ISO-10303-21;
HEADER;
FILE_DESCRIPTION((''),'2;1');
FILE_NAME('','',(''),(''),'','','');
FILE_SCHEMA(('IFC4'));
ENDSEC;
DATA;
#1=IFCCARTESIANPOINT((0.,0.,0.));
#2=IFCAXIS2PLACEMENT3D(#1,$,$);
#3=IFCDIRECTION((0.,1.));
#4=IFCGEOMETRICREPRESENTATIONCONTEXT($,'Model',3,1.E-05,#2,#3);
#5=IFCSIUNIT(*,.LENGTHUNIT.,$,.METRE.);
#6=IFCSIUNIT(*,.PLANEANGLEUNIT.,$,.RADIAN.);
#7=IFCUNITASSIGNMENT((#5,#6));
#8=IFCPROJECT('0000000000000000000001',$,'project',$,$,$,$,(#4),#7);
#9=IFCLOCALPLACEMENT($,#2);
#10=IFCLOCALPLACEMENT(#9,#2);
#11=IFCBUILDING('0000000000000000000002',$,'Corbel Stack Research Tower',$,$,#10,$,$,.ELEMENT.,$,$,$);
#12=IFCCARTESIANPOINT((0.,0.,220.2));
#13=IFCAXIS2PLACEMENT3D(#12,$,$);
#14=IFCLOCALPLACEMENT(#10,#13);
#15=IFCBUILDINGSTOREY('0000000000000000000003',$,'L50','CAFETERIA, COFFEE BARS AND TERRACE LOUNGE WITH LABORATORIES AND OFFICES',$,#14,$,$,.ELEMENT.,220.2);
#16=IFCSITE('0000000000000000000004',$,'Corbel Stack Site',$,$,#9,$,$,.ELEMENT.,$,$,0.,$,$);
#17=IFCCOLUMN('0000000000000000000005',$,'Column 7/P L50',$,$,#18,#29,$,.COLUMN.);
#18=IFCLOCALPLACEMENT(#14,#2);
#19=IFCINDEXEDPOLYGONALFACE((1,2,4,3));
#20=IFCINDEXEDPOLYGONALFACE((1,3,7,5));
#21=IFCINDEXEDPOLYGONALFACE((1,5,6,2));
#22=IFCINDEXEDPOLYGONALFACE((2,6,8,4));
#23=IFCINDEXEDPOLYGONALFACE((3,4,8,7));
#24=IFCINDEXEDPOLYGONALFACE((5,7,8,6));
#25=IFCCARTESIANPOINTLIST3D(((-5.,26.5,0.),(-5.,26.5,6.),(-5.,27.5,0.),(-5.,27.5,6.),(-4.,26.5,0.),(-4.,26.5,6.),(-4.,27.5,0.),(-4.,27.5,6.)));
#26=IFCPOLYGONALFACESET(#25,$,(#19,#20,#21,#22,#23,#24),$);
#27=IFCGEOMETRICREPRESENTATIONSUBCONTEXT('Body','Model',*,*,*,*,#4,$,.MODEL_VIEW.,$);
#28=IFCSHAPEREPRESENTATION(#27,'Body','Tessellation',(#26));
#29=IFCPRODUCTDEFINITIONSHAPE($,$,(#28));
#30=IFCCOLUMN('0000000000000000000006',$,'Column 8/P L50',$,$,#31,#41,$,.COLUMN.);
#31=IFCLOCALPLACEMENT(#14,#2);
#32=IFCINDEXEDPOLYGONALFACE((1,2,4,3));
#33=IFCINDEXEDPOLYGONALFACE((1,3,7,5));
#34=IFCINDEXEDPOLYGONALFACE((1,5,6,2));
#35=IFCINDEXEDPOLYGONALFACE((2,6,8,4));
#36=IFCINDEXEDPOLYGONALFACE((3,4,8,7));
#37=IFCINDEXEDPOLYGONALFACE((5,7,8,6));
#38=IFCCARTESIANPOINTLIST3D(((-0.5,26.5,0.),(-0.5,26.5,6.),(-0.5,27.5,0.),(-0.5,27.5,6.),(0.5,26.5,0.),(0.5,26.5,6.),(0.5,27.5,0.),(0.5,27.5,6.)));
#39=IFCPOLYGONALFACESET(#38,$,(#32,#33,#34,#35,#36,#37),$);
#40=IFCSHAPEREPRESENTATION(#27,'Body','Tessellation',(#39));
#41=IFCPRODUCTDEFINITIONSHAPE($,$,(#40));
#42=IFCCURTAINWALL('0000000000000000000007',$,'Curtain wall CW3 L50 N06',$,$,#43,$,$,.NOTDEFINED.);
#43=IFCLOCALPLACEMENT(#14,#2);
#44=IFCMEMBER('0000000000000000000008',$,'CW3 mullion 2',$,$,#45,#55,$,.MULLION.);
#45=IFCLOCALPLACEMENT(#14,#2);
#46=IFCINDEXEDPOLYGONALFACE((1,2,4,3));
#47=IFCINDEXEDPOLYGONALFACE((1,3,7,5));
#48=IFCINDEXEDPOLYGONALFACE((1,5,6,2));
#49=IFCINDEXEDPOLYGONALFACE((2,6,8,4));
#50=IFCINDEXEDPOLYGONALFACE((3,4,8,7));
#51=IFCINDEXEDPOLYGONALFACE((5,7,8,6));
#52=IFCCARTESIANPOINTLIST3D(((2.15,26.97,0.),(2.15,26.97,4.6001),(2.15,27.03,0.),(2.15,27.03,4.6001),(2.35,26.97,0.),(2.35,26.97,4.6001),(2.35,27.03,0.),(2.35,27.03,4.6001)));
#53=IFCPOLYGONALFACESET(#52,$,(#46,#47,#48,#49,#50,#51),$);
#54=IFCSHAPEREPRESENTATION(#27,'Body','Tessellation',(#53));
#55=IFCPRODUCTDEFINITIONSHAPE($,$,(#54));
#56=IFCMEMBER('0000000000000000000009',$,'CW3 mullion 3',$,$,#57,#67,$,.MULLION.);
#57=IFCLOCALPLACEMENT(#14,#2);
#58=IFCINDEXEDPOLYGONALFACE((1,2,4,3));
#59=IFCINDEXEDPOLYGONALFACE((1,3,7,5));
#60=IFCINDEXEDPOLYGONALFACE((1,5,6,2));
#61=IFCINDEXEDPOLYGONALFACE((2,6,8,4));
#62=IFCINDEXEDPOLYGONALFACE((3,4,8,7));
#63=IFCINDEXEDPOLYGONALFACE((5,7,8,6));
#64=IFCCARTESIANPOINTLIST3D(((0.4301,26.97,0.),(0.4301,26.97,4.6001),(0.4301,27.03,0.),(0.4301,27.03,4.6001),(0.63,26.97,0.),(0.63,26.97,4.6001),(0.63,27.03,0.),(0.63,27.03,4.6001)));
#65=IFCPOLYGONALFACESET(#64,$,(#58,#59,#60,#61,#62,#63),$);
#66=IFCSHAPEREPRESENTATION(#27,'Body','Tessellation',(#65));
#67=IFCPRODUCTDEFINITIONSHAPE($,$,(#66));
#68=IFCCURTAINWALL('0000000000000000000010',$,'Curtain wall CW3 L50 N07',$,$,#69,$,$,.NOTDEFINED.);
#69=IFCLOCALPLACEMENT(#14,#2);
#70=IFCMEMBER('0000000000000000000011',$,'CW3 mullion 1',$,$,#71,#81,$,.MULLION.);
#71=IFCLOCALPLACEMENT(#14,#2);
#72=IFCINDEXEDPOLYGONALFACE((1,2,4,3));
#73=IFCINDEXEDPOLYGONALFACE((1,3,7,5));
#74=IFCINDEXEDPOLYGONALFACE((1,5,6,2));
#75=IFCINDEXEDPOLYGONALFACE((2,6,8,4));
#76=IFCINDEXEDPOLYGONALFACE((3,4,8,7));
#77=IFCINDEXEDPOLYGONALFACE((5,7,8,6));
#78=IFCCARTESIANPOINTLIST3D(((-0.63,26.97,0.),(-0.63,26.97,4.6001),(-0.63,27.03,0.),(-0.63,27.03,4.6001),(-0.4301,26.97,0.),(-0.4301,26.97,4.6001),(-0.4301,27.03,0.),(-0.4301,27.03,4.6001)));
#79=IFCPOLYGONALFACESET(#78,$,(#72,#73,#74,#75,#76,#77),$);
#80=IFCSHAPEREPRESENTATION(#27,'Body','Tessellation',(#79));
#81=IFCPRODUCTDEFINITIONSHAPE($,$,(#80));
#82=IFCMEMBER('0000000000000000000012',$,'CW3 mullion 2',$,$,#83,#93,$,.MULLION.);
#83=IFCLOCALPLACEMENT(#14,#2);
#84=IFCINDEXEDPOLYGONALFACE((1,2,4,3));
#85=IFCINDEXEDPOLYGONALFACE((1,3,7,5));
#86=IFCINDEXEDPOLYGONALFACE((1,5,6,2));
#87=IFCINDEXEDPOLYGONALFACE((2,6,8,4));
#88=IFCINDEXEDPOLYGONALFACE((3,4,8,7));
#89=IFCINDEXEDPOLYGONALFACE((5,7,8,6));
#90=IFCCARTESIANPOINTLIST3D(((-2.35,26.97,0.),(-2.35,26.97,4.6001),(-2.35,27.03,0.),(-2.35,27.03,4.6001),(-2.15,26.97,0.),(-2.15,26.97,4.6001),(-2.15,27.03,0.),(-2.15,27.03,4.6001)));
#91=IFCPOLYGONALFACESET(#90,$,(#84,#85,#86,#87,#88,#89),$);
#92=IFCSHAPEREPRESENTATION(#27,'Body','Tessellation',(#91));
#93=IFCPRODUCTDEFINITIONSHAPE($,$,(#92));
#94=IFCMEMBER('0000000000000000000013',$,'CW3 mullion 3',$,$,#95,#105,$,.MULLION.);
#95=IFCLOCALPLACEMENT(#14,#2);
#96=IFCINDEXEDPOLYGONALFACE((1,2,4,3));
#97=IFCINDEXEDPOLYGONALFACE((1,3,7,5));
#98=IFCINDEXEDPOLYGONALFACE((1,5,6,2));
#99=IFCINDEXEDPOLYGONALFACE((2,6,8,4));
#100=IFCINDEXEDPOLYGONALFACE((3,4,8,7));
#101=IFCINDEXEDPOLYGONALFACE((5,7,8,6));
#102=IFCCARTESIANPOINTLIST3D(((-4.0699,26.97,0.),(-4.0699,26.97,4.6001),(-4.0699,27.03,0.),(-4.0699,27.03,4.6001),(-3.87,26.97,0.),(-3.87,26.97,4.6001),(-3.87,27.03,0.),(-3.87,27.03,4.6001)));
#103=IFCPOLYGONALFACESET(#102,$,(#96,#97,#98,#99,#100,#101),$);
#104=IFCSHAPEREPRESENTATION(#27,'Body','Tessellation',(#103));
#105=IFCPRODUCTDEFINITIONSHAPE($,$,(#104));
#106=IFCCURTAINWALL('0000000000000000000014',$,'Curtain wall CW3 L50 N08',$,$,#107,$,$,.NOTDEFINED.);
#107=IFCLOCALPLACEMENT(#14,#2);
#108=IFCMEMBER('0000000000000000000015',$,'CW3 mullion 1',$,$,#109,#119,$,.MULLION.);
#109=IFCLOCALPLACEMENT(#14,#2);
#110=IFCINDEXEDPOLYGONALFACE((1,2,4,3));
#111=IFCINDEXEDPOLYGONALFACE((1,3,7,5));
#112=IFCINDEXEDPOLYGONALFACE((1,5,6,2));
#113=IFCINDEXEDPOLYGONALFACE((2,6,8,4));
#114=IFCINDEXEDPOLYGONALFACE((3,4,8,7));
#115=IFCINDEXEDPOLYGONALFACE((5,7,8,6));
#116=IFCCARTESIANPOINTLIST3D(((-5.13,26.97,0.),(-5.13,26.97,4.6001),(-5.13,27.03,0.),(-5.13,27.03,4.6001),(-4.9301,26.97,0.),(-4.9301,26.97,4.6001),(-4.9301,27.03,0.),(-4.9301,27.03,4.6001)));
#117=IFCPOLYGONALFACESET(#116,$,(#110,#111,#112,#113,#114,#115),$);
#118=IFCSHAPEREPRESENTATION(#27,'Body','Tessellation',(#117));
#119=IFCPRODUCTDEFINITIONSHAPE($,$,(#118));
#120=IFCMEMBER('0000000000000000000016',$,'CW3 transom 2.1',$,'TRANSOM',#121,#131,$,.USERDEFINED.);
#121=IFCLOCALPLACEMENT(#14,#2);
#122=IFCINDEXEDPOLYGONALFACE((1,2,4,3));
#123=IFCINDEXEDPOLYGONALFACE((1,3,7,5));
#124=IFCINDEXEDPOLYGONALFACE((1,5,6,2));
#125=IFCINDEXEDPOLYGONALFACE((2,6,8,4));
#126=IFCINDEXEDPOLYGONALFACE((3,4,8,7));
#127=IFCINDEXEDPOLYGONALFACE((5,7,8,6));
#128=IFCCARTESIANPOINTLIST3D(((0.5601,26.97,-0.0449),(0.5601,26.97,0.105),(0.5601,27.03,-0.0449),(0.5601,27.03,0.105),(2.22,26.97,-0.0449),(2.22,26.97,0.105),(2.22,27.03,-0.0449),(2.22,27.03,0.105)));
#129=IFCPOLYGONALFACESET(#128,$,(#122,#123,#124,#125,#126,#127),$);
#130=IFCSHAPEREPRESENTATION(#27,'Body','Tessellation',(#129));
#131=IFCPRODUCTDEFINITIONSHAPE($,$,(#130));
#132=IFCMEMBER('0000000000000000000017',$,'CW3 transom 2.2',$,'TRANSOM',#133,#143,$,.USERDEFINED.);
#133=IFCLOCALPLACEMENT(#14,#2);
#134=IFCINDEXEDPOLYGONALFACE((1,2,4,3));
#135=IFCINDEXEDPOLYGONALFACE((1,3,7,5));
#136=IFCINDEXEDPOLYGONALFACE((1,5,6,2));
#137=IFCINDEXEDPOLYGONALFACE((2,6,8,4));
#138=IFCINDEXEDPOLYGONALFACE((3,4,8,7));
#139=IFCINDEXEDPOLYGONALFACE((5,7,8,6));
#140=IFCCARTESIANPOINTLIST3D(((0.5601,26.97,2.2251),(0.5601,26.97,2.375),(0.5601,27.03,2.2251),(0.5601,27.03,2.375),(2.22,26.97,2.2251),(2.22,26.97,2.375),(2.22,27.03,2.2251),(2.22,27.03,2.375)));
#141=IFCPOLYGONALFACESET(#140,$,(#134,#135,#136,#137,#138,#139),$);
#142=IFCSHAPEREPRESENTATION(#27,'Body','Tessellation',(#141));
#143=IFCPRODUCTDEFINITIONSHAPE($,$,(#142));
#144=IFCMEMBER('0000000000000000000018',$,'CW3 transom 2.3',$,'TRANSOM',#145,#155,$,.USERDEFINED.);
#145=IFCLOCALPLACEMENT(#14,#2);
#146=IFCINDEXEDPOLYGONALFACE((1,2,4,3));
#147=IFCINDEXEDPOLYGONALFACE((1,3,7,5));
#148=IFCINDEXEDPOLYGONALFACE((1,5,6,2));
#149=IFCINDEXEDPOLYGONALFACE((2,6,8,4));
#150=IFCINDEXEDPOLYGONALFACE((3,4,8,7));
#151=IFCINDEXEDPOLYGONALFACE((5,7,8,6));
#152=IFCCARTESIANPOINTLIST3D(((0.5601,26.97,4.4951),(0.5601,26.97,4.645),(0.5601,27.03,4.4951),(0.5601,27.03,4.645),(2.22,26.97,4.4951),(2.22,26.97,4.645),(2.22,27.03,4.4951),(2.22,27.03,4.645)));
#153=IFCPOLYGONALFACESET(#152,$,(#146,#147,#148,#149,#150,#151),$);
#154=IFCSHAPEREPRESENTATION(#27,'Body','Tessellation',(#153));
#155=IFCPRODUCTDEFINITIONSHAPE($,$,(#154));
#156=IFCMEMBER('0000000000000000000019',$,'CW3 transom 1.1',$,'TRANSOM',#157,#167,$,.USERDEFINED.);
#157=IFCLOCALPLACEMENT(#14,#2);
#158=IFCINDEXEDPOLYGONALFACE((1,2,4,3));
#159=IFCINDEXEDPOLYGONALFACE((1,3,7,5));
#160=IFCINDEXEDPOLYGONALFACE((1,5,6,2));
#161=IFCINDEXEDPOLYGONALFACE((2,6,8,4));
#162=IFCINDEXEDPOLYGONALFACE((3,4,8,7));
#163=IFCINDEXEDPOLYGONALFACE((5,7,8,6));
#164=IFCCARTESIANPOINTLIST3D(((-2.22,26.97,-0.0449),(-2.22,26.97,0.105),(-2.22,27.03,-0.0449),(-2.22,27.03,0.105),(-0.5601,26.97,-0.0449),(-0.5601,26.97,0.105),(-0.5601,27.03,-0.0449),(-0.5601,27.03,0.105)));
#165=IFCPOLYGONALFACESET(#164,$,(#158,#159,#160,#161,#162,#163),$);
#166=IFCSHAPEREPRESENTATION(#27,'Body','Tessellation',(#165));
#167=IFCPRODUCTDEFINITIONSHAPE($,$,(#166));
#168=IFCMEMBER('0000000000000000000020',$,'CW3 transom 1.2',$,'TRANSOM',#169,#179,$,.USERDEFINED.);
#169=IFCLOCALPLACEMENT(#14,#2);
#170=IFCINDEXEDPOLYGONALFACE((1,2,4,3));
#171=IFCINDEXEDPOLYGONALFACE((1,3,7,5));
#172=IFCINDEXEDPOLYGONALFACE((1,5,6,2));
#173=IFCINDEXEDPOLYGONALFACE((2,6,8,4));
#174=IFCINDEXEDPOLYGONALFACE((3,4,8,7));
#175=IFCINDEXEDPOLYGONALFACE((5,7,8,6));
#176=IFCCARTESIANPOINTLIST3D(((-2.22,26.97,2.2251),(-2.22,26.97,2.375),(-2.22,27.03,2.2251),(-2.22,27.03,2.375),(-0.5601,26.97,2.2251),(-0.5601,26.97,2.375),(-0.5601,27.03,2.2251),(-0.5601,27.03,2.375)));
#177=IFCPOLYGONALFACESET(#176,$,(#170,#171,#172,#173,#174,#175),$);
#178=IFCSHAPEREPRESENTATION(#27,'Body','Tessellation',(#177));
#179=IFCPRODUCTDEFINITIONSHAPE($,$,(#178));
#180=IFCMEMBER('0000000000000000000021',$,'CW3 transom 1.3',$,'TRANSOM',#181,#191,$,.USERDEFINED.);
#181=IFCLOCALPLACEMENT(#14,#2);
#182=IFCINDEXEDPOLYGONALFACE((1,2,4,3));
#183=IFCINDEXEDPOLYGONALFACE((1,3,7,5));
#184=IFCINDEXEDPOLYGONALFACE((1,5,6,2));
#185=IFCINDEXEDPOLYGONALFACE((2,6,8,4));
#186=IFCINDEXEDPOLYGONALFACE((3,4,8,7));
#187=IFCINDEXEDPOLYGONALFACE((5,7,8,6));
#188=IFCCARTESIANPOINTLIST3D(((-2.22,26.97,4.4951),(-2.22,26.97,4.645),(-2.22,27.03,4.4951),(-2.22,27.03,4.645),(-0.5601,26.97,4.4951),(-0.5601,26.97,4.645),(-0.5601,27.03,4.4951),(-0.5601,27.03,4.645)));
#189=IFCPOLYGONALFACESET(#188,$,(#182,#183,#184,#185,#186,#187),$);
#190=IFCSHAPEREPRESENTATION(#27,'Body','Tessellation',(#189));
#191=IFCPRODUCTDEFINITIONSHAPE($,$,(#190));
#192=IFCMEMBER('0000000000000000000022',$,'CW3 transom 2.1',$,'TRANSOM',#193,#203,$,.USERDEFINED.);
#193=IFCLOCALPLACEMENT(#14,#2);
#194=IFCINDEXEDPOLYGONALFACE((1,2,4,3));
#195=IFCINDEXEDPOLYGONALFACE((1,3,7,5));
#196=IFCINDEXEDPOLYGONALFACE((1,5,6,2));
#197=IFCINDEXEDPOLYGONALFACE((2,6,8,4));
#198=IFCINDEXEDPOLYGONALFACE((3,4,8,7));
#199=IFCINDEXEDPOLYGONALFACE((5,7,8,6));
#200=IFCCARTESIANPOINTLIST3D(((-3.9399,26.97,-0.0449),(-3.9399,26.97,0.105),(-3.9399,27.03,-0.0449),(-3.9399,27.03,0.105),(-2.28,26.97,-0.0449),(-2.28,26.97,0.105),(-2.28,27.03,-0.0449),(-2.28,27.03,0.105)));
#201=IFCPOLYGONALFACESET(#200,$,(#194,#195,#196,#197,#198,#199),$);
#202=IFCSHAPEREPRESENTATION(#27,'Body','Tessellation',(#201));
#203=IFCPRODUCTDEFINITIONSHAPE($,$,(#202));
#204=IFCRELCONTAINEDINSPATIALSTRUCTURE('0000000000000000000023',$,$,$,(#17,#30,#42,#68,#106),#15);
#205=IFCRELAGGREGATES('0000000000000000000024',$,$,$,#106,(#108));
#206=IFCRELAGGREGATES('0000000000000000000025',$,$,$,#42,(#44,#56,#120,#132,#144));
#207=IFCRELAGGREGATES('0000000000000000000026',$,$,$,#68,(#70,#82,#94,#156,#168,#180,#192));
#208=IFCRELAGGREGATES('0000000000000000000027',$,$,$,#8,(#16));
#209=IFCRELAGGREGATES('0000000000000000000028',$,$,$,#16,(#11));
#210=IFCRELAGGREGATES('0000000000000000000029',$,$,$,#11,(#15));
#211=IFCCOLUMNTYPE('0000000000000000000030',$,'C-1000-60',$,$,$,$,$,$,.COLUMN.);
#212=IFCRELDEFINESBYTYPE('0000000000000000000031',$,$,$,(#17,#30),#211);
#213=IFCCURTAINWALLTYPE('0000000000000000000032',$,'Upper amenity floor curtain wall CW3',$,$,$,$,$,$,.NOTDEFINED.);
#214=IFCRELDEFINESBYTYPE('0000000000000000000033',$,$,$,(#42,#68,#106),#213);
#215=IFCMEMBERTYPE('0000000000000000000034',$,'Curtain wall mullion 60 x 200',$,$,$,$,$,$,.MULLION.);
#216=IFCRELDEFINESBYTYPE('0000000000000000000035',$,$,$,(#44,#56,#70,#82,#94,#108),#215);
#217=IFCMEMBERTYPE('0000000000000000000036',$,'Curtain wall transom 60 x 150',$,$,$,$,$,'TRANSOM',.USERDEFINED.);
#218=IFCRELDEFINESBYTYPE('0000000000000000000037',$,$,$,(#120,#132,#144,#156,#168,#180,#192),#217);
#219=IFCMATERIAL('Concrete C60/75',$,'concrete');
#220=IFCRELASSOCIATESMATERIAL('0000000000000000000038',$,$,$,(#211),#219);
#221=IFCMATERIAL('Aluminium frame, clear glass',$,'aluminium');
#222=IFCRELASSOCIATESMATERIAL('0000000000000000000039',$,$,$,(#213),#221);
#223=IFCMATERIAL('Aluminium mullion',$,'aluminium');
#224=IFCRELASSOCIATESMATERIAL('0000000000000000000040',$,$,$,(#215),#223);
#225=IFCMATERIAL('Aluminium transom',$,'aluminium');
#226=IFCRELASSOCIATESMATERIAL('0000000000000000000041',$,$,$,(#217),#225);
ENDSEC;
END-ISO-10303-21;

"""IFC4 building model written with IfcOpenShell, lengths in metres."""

from ifc_helpers import new_model, si_unit, direction, frame, origin, origin_2d, place, context, subcontext, project, spatial, rectangle, extrude, material, material_profile, profile_set, type_object, element, aggregate, save


model = new_model("IFC4")

# Units and contexts
model_context = context("Model", 3, precision=1e-05, world=origin(), true_north=direction((0.0, 1.0)))
body_context = subcontext(model_context, "Body", "Model", "MODEL_VIEW")
ifc_project = project(units=[si_unit("LENGTHUNIT", "METRE"), si_unit("PLANEANGLEUNIT", "RADIAN")], contexts=[model_context])

# Site, building, storey
site_placement = place(None, origin())
site = spatial("IfcSite", under=ifc_project, at=site_placement, Name="Corbel Stack Site", CompositionType="ELEMENT", RefElevation=0.0)
building_placement = place(site_placement, origin())
building = spatial("IfcBuilding", under=site, at=building_placement, Name="Corbel Stack Research Tower", CompositionType="ELEMENT")
storey_placement = place(building_placement, frame((0.0, 0.0, 220.2)))
storey = spatial("IfcBuildingStorey", under=building, at=storey_placement, Name="L50", Description="CAFETERIA, COFFEE BARS AND TERRACE LOUNGE WITH LABORATORIES AND OFFICES", CompositionType="ELEMENT", Elevation=220.2)

# Columns
ifc_material_1 = material(Name="Concrete C60/75", Category="concrete")
ifc_material_profile_1 = material_profile(ifc_material_1, rectangle(XDim=1.0, YDim=1.0, at=origin_2d()), Name="RC 1000 x 1000")
ifc_profile_set_1 = profile_set([ifc_material_profile_1], Name="Concrete C60/75")
column_type = type_object("IfcColumnType", Name="C-1000-60", PredefinedType="COLUMN", material=ifc_profile_set_1)
for number, where, z_axis, x_axis, name in (
    (1, (-4.5, 27.0, 0.0), (0.0, 0.0, 1.0), (1.0, 0.0, 0.0), "Column 7/P L50"),
    (2, (0.0, 27.0, 0.0), (0.0, 0.0, 1.0), (1.0, 0.0, 0.0), "Column 8/P L50"),
):
    element("IfcColumn", number, at=place(storey_placement, frame(where, z_axis=z_axis, x_axis=x_axis)), inside=storey, type_object=column_type, Name=name, PredefinedType="COLUMN", context=body_context, shape_type="SweptSolid", body=[
        extrude(rectangle(XDim=1.0, YDim=1.0, at=origin_2d()), origin(), (0.0, 0.0, 1.0), 6.0),
    ])

# Curtain walls, members
ifc_material_2 = material(Name="Aluminium frame, clear glass", Category="aluminium")
curtain_wall_type = type_object("IfcCurtainWallType", Name="Upper amenity floor curtain wall CW3", PredefinedType="NOTDEFINED", material=ifc_material_2)
curtain_wall_1_placement = place(storey_placement, origin())
curtain_wall_1 = element("IfcCurtainWall", 3, at=curtain_wall_1_placement, inside=storey, type_object=curtain_wall_type, Name="Curtain wall CW3 L50 N06", PredefinedType="NOTDEFINED")
ifc_material_3 = material(Name="Aluminium mullion", Category="aluminium")
ifc_material_profile_2 = material_profile(ifc_material_3, rectangle(XDim=0.0601, YDim=0.2, at=origin_2d()), Name="Mullion 60 x 200")
ifc_profile_set_2 = profile_set([ifc_material_profile_2], Name="Aluminium mullion")
member_type_1 = type_object("IfcMemberType", Name="Curtain wall mullion 60 x 200", PredefinedType="MULLION", material=ifc_profile_set_2)
member_1_placement = place(storey_placement, frame((2.25, 27.0, 0.0), z_axis=(0.0, 0.0, 1.0), x_axis=(0.0, -1.0, 0.0)))
member_1 = element("IfcMember", 4, at=member_1_placement, type_object=member_type_1, Name="CW3 mullion 2", PredefinedType="MULLION", context=body_context, shape_type="SweptSolid", body=[
    extrude(rectangle(XDim=0.0601, YDim=0.2, at=origin_2d()), origin(), (0.0, 0.0, 1.0), 4.6001),
])
member_2_placement = place(storey_placement, frame((0.53, 27.0, 0.0), z_axis=(0.0, 0.0, 1.0), x_axis=(0.0, -1.0, 0.0)))
member_2 = element("IfcMember", 5, at=member_2_placement, type_object=member_type_1, Name="CW3 mullion 3", PredefinedType="MULLION", context=body_context, shape_type="SweptSolid", body=[
    extrude(rectangle(XDim=0.0601, YDim=0.2, at=origin_2d()), origin(), (0.0, 0.0, 1.0), 4.6001),
])
curtain_wall_2_placement = place(storey_placement, origin())
curtain_wall_2 = element("IfcCurtainWall", 6, at=curtain_wall_2_placement, inside=storey, type_object=curtain_wall_type, Name="Curtain wall CW3 L50 N07", PredefinedType="NOTDEFINED")
member_3_placement = place(storey_placement, frame((-0.53, 27.0, 0.0), z_axis=(0.0, 0.0, 1.0), x_axis=(0.0, -1.0, 0.0)))
member_3 = element("IfcMember", 7, at=member_3_placement, type_object=member_type_1, Name="CW3 mullion 1", PredefinedType="MULLION", context=body_context, shape_type="SweptSolid", body=[
    extrude(rectangle(XDim=0.0601, YDim=0.2, at=origin_2d()), origin(), (0.0, 0.0, 1.0), 4.6001),
])
member_4_placement = place(storey_placement, frame((-2.25, 27.0, 0.0), z_axis=(0.0, 0.0, 1.0), x_axis=(0.0, -1.0, 0.0)))
member_4 = element("IfcMember", 8, at=member_4_placement, type_object=member_type_1, Name="CW3 mullion 2", PredefinedType="MULLION", context=body_context, shape_type="SweptSolid", body=[
    extrude(rectangle(XDim=0.0601, YDim=0.2, at=origin_2d()), origin(), (0.0, 0.0, 1.0), 4.6001),
])
member_5_placement = place(storey_placement, frame((-3.97, 27.0, 0.0), z_axis=(0.0, 0.0, 1.0), x_axis=(0.0, -1.0, 0.0)))
member_5 = element("IfcMember", 9, at=member_5_placement, type_object=member_type_1, Name="CW3 mullion 3", PredefinedType="MULLION", context=body_context, shape_type="SweptSolid", body=[
    extrude(rectangle(XDim=0.0601, YDim=0.2, at=origin_2d()), origin(), (0.0, 0.0, 1.0), 4.6001),
])

# Curtain wall, member
curtain_wall_3_placement = place(storey_placement, origin())
curtain_wall_3 = element("IfcCurtainWall", 10, at=curtain_wall_3_placement, inside=storey, type_object=curtain_wall_type, Name="Curtain wall CW3 L50 N08", PredefinedType="NOTDEFINED")
member_6_placement = place(storey_placement, frame((-5.03, 27.0, 0.0), z_axis=(0.0, 0.0, 1.0), x_axis=(0.0, -1.0, 0.0)))
member_6 = element("IfcMember", 11, at=member_6_placement, type_object=member_type_1, Name="CW3 mullion 1", PredefinedType="MULLION", context=body_context, shape_type="SweptSolid", body=[
    extrude(rectangle(XDim=0.0601, YDim=0.2, at=origin_2d()), origin(), (0.0, 0.0, 1.0), 4.6001),
])
aggregate(curtain_wall_3, [member_6])

# Members
ifc_material_4 = material(Name="Aluminium transom", Category="aluminium")
ifc_material_profile_3 = material_profile(ifc_material_4, rectangle(XDim=0.0601, YDim=0.1499, at=origin_2d()), Name="Transom 60 x 150")
ifc_profile_set_3 = profile_set([ifc_material_profile_3], Name="Aluminium transom")
member_type_2 = type_object("IfcMemberType", Name="Curtain wall transom 60 x 150", ElementType="TRANSOM", PredefinedType="USERDEFINED", material=ifc_profile_set_3)
member_7_placement = place(storey_placement, frame((2.22, 27.0, 0.03), z_axis=(-1.0, 0.0, 0.0), x_axis=(0.0, -1.0, 0.0)))
member_7 = element("IfcMember", 12, at=member_7_placement, type_object=member_type_2, Name="CW3 transom 2.1", ObjectType="TRANSOM", PredefinedType="USERDEFINED", context=body_context, shape_type="SweptSolid", body=[
    extrude(rectangle(XDim=0.0601, YDim=0.1499, at=origin_2d()), origin(), (0.0, 0.0, 1.0), 1.6599),
])
member_8_placement = place(storey_placement, frame((2.22, 27.0, 2.3), z_axis=(-1.0, 0.0, 0.0), x_axis=(0.0, -1.0, 0.0)))
member_8 = element("IfcMember", 13, at=member_8_placement, type_object=member_type_2, Name="CW3 transom 2.2", ObjectType="TRANSOM", PredefinedType="USERDEFINED", context=body_context, shape_type="SweptSolid", body=[
    extrude(rectangle(XDim=0.0601, YDim=0.1499, at=origin_2d()), origin(), (0.0, 0.0, 1.0), 1.6599),
])
member_9_placement = place(storey_placement, frame((2.22, 27.0, 4.5701), z_axis=(-1.0, 0.0, 0.0), x_axis=(0.0, -1.0, 0.0)))
member_9 = element("IfcMember", 14, at=member_9_placement, type_object=member_type_2, Name="CW3 transom 2.3", ObjectType="TRANSOM", PredefinedType="USERDEFINED", context=body_context, shape_type="SweptSolid", body=[
    extrude(rectangle(XDim=0.0601, YDim=0.1499, at=origin_2d()), origin(), (0.0, 0.0, 1.0), 1.6599),
])
member_10_placement = place(storey_placement, frame((-0.5601, 27.0, 0.03), z_axis=(-1.0, 0.0, 0.0), x_axis=(0.0, -1.0, 0.0)))
member_10 = element("IfcMember", 15, at=member_10_placement, type_object=member_type_2, Name="CW3 transom 1.1", ObjectType="TRANSOM", PredefinedType="USERDEFINED", context=body_context, shape_type="SweptSolid", body=[
    extrude(rectangle(XDim=0.0601, YDim=0.1499, at=origin_2d()), origin(), (0.0, 0.0, 1.0), 1.6599),
])
member_11_placement = place(storey_placement, frame((-0.5601, 27.0, 2.3), z_axis=(-1.0, 0.0, 0.0), x_axis=(0.0, -1.0, 0.0)))
member_11 = element("IfcMember", 16, at=member_11_placement, type_object=member_type_2, Name="CW3 transom 1.2", ObjectType="TRANSOM", PredefinedType="USERDEFINED", context=body_context, shape_type="SweptSolid", body=[
    extrude(rectangle(XDim=0.0601, YDim=0.1499, at=origin_2d()), origin(), (0.0, 0.0, 1.0), 1.6599),
])
member_12_placement = place(storey_placement, frame((-0.5601, 27.0, 4.5701), z_axis=(-1.0, 0.0, 0.0), x_axis=(0.0, -1.0, 0.0)))
member_12 = element("IfcMember", 17, at=member_12_placement, type_object=member_type_2, Name="CW3 transom 1.3", ObjectType="TRANSOM", PredefinedType="USERDEFINED", context=body_context, shape_type="SweptSolid", body=[
    extrude(rectangle(XDim=0.0601, YDim=0.1499, at=origin_2d()), origin(), (0.0, 0.0, 1.0), 1.6599),
])
member_13_placement = place(storey_placement, frame((-2.28, 27.0, 0.03), z_axis=(-1.0, 0.0, 0.0), x_axis=(0.0, -1.0, 0.0)))
member_13 = element("IfcMember", 18, at=member_13_placement, type_object=member_type_2, Name="CW3 transom 2.1", ObjectType="TRANSOM", PredefinedType="USERDEFINED", context=body_context, shape_type="SweptSolid", body=[
    extrude(rectangle(XDim=0.0601, YDim=0.1499, at=origin_2d()), origin(), (0.0, 0.0, 1.0), 1.6599),
])

aggregate(curtain_wall_1, [member_1, member_2, member_7, member_8, member_9])
aggregate(curtain_wall_2, [member_3, member_4, member_5, member_10, member_11, member_12, member_13])

save(model, "model.ifc")
